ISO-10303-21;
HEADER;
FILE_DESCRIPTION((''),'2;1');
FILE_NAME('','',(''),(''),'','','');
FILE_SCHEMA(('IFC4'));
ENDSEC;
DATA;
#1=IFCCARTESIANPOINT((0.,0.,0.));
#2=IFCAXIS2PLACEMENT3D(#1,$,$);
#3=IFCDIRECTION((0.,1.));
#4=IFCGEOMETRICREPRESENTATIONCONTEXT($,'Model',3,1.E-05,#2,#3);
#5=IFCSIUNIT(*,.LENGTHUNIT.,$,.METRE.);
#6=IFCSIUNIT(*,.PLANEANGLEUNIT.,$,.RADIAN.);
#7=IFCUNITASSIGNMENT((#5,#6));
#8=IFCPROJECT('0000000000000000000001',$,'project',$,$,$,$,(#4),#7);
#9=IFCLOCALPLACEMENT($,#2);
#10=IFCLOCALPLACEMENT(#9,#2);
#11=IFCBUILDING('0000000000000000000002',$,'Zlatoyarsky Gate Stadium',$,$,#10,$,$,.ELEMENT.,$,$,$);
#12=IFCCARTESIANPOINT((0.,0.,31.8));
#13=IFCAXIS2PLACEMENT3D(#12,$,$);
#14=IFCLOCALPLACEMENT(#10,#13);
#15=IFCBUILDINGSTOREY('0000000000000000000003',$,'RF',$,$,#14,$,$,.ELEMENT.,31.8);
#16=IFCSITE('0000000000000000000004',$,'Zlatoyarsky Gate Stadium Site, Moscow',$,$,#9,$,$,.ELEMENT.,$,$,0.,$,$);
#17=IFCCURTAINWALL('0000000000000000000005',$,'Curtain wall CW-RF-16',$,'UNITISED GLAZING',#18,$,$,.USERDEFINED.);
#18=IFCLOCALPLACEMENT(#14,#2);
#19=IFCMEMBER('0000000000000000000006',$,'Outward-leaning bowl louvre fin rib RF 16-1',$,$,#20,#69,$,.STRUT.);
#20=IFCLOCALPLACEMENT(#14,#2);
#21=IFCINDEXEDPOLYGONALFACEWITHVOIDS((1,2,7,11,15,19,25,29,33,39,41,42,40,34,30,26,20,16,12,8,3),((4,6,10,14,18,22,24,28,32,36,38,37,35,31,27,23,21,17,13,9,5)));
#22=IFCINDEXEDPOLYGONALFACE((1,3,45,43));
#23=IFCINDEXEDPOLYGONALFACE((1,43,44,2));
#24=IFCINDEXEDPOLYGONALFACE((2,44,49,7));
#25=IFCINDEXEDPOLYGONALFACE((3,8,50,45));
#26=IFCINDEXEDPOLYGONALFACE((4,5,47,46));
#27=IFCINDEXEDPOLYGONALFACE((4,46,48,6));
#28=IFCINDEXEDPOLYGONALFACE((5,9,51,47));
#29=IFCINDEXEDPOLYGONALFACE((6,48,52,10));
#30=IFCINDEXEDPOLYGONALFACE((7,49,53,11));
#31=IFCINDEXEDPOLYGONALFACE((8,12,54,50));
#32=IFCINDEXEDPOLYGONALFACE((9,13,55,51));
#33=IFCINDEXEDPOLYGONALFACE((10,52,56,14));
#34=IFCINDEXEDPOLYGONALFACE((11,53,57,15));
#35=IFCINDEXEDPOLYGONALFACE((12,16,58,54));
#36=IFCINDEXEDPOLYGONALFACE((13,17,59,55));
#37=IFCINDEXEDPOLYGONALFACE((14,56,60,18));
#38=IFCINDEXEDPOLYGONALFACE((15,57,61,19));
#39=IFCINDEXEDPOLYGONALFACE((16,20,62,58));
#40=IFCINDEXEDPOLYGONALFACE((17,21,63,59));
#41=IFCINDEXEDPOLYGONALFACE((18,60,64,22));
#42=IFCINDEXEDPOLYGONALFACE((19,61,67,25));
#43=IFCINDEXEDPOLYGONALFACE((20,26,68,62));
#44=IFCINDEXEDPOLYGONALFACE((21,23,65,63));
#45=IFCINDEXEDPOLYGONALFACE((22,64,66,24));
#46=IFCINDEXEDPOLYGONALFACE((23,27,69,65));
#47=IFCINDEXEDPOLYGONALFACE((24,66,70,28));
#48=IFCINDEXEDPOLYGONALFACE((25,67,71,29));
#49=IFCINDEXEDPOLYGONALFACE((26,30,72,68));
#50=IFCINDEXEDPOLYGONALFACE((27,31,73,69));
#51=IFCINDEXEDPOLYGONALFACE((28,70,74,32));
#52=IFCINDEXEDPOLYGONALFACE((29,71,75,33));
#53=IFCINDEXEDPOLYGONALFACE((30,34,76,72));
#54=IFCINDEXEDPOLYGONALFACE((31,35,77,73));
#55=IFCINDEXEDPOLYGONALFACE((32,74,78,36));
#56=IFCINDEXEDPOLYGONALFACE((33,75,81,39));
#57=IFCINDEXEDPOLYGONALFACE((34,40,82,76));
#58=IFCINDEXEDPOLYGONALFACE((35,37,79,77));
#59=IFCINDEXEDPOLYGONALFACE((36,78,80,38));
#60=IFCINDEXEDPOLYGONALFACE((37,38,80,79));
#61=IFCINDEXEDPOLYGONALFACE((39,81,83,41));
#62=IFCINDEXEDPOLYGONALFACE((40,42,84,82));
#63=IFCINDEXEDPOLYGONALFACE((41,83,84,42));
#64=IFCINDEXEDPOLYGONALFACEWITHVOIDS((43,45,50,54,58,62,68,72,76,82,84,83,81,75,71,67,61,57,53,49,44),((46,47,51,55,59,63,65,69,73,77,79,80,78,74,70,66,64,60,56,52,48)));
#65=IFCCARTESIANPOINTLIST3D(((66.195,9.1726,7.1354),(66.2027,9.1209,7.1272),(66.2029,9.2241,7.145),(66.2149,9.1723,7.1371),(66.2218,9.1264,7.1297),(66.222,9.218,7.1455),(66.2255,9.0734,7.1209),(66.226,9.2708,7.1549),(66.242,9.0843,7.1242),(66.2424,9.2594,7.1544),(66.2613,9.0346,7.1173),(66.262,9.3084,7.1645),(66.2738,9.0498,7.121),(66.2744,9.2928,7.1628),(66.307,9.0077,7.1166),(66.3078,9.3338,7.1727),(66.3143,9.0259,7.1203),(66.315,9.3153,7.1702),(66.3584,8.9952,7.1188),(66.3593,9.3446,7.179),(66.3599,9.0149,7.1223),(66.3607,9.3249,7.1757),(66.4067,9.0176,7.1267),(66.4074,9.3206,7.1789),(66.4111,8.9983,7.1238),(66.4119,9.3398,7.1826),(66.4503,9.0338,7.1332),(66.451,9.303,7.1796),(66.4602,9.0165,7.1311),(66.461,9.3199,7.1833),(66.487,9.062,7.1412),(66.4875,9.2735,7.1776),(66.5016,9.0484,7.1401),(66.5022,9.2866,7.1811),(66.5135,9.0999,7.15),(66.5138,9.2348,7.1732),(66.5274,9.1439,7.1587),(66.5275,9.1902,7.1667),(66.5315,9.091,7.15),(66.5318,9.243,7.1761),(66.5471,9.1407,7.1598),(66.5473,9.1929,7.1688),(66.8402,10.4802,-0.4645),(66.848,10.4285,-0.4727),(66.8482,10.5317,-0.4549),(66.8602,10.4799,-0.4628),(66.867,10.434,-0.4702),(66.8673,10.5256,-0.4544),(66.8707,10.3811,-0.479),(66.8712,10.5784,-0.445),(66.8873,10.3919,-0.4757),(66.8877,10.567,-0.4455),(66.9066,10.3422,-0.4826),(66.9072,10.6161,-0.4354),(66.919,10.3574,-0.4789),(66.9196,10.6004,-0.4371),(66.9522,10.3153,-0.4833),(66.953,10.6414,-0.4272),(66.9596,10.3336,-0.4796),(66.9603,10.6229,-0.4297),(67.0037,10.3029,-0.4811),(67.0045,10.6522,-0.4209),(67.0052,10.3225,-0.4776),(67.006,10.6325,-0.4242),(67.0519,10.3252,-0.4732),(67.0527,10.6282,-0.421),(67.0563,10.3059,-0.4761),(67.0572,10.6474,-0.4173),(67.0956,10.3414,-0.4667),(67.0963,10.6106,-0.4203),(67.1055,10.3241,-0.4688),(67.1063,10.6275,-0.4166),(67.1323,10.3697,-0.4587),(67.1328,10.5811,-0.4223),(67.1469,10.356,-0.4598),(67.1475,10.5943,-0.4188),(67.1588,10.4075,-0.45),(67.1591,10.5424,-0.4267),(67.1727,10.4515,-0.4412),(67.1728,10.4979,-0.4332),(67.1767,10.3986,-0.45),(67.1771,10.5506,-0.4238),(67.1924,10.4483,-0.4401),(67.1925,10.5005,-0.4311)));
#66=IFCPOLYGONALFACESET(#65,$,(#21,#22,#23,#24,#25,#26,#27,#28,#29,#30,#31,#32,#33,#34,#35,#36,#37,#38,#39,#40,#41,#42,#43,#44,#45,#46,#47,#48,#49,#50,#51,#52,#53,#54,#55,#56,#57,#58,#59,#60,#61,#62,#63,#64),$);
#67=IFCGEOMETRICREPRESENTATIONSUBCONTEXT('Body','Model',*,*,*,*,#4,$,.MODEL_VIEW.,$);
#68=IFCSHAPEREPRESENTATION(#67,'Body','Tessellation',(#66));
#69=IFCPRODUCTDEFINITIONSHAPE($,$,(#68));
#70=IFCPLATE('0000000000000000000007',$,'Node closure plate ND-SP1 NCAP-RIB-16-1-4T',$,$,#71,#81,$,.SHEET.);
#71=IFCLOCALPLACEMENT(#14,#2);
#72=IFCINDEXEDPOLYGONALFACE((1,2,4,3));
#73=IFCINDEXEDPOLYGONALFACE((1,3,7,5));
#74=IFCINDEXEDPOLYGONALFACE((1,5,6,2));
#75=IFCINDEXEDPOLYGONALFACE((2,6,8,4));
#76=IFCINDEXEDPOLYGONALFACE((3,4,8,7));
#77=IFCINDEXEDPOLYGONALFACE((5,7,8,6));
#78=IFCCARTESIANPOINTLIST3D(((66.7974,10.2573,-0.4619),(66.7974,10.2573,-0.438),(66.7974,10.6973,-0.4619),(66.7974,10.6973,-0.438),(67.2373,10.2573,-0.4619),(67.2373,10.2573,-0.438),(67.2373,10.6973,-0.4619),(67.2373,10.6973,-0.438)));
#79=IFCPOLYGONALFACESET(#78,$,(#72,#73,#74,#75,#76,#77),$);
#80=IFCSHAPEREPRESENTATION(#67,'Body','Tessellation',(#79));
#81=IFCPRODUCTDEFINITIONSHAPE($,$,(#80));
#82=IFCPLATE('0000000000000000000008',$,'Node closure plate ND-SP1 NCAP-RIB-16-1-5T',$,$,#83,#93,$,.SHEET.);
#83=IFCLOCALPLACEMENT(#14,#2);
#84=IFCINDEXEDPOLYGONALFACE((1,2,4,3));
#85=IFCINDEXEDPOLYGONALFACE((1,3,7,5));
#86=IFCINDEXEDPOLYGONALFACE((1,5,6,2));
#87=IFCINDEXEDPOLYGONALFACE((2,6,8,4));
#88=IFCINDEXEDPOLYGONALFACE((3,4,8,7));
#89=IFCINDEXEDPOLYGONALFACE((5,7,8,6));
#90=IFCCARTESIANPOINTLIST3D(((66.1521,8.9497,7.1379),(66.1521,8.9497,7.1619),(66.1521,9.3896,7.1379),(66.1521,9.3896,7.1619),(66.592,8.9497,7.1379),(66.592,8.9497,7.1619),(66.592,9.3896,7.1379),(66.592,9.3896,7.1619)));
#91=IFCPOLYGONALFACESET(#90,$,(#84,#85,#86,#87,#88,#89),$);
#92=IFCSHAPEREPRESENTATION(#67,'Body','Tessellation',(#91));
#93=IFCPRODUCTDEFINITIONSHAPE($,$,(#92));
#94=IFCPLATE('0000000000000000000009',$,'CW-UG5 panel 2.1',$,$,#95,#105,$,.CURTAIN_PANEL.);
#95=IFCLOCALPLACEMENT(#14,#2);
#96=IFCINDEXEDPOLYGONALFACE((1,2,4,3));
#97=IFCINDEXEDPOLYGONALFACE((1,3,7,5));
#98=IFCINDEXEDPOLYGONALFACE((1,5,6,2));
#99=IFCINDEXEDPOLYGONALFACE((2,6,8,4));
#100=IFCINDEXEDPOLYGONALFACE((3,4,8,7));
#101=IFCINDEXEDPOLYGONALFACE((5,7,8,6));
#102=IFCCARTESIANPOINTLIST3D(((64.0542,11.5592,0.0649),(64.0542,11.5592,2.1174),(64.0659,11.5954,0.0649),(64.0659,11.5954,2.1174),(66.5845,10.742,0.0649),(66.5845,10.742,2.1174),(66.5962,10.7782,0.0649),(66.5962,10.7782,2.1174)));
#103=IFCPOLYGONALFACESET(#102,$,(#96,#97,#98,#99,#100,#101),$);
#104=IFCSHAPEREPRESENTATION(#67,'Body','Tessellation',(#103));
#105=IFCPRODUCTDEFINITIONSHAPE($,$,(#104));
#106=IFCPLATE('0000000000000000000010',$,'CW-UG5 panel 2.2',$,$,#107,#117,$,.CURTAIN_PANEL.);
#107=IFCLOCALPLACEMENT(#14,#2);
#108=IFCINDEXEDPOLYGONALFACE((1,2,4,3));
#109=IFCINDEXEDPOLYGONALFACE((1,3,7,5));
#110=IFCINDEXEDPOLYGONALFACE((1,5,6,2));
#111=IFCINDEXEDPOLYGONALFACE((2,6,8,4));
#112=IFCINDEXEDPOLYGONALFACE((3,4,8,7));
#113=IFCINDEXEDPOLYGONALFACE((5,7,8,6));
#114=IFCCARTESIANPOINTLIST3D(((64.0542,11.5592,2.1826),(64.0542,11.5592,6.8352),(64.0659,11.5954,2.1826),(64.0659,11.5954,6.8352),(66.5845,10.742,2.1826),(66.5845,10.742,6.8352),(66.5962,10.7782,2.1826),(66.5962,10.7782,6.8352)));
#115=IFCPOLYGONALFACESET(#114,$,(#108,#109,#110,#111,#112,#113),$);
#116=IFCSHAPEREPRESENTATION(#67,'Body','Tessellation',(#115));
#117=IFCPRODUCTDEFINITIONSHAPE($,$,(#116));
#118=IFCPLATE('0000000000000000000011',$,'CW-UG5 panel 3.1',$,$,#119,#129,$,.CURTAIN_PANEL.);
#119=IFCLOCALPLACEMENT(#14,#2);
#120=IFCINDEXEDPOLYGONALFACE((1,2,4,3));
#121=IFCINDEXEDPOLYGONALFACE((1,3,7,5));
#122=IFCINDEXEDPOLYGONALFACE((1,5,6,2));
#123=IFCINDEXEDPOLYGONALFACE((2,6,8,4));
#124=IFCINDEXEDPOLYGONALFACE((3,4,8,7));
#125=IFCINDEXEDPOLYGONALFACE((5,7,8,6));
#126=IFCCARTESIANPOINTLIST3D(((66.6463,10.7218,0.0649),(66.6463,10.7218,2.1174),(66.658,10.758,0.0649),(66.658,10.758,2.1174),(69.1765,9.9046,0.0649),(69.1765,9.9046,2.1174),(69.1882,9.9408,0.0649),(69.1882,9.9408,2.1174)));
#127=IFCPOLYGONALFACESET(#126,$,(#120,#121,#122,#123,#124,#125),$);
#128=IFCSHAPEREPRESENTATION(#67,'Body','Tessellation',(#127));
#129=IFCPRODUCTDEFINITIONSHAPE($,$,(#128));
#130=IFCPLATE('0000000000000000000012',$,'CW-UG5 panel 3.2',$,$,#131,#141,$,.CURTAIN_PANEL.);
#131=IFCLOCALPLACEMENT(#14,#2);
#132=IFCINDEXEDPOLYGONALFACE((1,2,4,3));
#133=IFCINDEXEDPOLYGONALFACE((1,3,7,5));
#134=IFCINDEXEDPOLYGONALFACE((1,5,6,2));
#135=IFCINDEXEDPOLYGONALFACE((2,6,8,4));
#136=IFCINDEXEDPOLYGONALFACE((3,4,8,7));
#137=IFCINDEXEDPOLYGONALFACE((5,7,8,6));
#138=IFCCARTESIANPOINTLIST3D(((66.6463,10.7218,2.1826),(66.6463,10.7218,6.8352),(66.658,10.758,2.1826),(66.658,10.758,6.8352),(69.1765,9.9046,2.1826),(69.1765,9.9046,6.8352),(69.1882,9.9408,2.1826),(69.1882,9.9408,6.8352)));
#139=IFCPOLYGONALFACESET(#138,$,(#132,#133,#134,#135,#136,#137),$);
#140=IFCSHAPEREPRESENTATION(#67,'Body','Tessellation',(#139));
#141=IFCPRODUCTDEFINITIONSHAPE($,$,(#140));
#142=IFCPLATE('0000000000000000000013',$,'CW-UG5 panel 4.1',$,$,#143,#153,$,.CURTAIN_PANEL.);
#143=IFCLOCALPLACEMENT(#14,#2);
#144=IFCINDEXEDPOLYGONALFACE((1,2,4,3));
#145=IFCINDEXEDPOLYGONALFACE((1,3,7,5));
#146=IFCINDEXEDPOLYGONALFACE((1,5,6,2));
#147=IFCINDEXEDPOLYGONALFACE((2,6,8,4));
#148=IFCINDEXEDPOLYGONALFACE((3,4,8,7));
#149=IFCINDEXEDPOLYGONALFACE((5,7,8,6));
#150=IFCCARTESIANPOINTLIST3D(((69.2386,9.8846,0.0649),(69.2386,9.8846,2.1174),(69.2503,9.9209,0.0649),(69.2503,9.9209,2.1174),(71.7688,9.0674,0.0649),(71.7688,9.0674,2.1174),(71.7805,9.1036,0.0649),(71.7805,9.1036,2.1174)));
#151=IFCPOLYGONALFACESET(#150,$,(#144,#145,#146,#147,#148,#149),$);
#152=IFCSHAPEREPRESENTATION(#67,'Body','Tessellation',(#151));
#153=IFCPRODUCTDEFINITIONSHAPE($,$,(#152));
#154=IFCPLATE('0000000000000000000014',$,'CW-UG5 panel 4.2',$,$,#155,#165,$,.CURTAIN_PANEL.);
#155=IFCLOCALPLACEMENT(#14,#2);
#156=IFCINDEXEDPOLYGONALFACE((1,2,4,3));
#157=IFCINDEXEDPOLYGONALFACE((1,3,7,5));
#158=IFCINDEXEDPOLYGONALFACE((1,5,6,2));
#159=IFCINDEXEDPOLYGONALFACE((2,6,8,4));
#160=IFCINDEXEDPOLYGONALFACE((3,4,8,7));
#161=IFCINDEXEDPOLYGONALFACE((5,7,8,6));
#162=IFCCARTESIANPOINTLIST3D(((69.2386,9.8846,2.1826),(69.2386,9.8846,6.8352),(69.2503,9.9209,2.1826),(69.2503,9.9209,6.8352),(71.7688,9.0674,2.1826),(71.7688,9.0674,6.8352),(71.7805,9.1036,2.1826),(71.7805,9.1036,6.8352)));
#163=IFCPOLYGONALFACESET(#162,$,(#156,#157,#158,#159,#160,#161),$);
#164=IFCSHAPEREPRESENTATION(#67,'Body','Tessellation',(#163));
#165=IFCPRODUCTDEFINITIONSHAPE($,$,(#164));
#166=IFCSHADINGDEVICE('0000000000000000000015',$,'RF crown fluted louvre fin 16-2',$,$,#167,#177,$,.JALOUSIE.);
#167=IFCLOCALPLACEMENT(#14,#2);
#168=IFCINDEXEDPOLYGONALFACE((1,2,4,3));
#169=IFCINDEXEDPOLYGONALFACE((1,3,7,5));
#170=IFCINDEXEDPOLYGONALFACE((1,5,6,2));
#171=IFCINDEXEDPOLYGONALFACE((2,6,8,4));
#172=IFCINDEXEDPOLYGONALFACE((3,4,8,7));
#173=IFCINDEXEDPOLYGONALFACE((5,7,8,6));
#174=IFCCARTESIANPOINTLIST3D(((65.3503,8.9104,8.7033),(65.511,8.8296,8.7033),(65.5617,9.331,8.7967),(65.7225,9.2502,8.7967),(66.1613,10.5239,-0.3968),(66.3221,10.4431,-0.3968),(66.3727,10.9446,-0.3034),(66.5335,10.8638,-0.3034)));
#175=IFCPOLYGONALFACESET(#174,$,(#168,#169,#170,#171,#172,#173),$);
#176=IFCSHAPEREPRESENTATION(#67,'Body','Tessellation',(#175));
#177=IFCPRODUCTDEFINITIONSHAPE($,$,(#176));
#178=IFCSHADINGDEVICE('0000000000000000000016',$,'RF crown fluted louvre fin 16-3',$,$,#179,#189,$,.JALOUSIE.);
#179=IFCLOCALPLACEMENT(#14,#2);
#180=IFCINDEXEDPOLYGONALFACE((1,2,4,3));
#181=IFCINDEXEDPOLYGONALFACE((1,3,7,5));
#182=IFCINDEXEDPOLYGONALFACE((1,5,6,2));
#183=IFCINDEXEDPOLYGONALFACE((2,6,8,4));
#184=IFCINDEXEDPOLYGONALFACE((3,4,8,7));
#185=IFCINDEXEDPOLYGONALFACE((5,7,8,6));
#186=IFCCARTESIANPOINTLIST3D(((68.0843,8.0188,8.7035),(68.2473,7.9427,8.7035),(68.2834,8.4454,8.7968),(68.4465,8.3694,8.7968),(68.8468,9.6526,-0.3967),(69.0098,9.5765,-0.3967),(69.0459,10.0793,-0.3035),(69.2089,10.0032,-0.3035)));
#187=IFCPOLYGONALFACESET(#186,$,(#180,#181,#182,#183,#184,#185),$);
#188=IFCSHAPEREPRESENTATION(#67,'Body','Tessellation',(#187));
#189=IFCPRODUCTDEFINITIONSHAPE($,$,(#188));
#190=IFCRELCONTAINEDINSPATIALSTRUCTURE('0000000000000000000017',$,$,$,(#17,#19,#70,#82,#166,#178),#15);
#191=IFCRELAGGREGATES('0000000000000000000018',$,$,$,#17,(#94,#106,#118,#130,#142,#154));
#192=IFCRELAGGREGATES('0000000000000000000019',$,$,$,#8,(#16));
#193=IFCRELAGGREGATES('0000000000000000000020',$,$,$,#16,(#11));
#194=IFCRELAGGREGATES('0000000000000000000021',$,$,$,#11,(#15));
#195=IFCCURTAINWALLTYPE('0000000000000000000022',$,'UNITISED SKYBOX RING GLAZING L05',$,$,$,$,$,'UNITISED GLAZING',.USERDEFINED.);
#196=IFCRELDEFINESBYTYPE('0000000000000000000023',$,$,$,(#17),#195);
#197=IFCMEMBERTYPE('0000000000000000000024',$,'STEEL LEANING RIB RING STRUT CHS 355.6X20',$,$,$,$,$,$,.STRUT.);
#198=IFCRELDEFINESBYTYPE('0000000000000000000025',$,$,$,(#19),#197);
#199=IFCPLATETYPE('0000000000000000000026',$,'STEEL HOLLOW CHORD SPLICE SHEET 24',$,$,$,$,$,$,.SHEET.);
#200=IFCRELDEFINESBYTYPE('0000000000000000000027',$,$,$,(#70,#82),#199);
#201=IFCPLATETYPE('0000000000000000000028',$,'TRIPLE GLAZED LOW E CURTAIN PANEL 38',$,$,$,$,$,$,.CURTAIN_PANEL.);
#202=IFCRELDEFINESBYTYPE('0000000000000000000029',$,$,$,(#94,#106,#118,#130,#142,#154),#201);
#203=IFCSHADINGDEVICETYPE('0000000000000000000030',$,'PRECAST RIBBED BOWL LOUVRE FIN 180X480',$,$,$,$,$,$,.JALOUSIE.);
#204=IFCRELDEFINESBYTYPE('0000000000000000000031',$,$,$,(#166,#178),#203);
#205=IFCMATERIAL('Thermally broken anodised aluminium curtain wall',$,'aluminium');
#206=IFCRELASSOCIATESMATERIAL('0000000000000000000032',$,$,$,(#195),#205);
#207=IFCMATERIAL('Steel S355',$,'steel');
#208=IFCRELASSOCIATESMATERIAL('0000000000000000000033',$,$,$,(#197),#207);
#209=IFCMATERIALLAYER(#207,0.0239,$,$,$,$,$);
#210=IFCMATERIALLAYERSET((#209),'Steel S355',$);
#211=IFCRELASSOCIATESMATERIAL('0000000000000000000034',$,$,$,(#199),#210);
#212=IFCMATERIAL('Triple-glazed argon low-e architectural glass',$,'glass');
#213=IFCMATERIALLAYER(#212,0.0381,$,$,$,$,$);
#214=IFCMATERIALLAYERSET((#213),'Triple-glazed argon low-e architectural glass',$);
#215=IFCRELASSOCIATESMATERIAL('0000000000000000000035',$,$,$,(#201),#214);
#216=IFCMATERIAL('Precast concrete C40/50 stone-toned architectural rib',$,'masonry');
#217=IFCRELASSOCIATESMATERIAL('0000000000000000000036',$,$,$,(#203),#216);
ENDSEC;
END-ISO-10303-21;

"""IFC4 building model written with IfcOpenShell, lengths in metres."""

from ifc_helpers import new_model, si_unit, direction, frame, origin, origin_2d, place, context, subcontext, project, spatial, rectangle, hollow_circle, extrude, material, layer, layer_set, material_profile, profile_set, type_object, element, aggregate, save


model = new_model("IFC4")

# Units and contexts
model_context = context("Model", 3, precision=1e-05, world=origin(), true_north=direction((0.0, 1.0)))
body_context = subcontext(model_context, "Body", "Model", "MODEL_VIEW")
ifc_project = project(units=[si_unit("LENGTHUNIT", "METRE"), si_unit("PLANEANGLEUNIT", "RADIAN")], contexts=[model_context])

# Site, building, storey
site_placement = place(None, origin())
site = spatial("IfcSite", under=ifc_project, at=site_placement, Name="Zlatoyarsky Gate Stadium Site, Moscow", CompositionType="ELEMENT", RefElevation=0.0)
building_placement = place(site_placement, origin())
building = spatial("IfcBuilding", under=site, at=building_placement, Name="Zlatoyarsky Gate Stadium", CompositionType="ELEMENT")
storey_placement = place(building_placement, frame((0.0, 0.0, 31.8)))
storey = spatial("IfcBuildingStorey", under=building, at=storey_placement, Name="RF", CompositionType="ELEMENT", Elevation=31.8)

# Curtain wall
ifc_material_1 = material(Name="Thermally broken anodised aluminium curtain wall", Category="aluminium")
curtain_wall_type = type_object("IfcCurtainWallType", Name="UNITISED SKYBOX RING GLAZING L05", ElementType="UNITISED GLAZING", PredefinedType="USERDEFINED", material=ifc_material_1)
curtain_wall_placement = place(storey_placement, origin())
curtain_wall = element("IfcCurtainWall", 1, at=curtain_wall_placement, inside=storey, type_object=curtain_wall_type, Name="Curtain wall CW-RF-16", ObjectType="UNITISED GLAZING", PredefinedType="USERDEFINED")

# Member
ifc_material_2 = material(Name="Steel S355", Category="steel")
ifc_material_profile_1 = material_profile(ifc_material_2, hollow_circle(Radius=0.1777, WallThickness=0.02, at=origin_2d()), Name="CHS 355.6X20")
ifc_profile_set_1 = profile_set([ifc_material_profile_1], Name="Steel S355")
member_type_1 = type_object("IfcMemberType", Name="STEEL LEANING RIB RING STRUT CHS 355.6X20", PredefinedType="STRUT", material=ifc_profile_set_1)
member_1_placement = place(storey_placement, frame((67.0173, 10.4773, -0.45), z_axis=(-0.083384, -0.168976, 0.982087), x_axis=(0.896759, -0.442519, 0.0)))
element("IfcMember", 2, at=member_1_placement, inside=storey, type_object=member_type_1, Name="Outward-leaning bowl louvre fin rib RF 16-1", PredefinedType="STRUT", context=body_context, shape_type="SweptSolid", body=[
    extrude(hollow_circle(Radius=0.1777, WallThickness=0.02, at=origin_2d()), origin(), (0.0, 0.0, 1.0), 7.7385),
])

# Plates
ifc_layer_1 = layer(ifc_material_2, 0.0239)
ifc_layer_set_1 = layer_set([ifc_layer_1], Name="Steel S355")
plate_type_1 = type_object("IfcPlateType", Name="STEEL HOLLOW CHORD SPLICE SHEET 24", PredefinedType="SHEET", material=ifc_layer_set_1)
for number, where, z_axis, x_axis, name in (
    (3, (67.0173, 10.4773, -0.4619), (0.0, 0.0, 1.0), (1.0, 0.0, 0.0), "Node closure plate ND-SP1 NCAP-RIB-16-1-4T"),
    (4, (66.3721, 9.1697, 7.1379), (0.0, 0.0, 1.0), (1.0, 0.0, 0.0), "Node closure plate ND-SP1 NCAP-RIB-16-1-5T"),
):
    element("IfcPlate", number, at=place(storey_placement, frame(where, z_axis=z_axis, x_axis=x_axis)), inside=storey, type_object=plate_type_1, Name=name, PredefinedType="SHEET", context=body_context, shape_type="SweptSolid", body=[
        extrude(rectangle(XDim=0.4399, YDim=0.4399, at=origin_2d()), origin(), (0.0, 0.0, 1.0), 0.0239),
    ])

# Plates
ifc_material_3 = material(Name="Triple-glazed argon low-e architectural glass", Category="glass")
ifc_layer_2 = layer(ifc_material_3, 0.0381)
ifc_layer_set_2 = layer_set([ifc_layer_2], Name="Triple-glazed argon low-e architectural glass")
plate_type_2 = type_object("IfcPlateType", Name="TRIPLE GLAZED LOW E CURTAIN PANEL 38", PredefinedType="CURTAIN_PANEL", material=ifc_layer_set_2)
plate_1_placement = place(storey_placement, frame((65.3252, 11.1687, 0.0649), z_axis=(0.0, 0.0, 1.0), x_axis=(0.951596, -0.307352, 0.0)))
plate_1 = element("IfcPlate", 5, at=plate_1_placement, type_object=plate_type_2, Name="CW-UG5 panel 2.1", PredefinedType="CURTAIN_PANEL", context=body_context, shape_type="SweptSolid", body=[
    extrude(rectangle(XDim=2.6589, YDim=0.0381, at=origin_2d()), origin(), (0.0, 0.0, 1.0), 2.0525),
])
plate_2_placement = place(storey_placement, frame((65.3252, 11.1687, 2.1826), z_axis=(0.0, 0.0, 1.0), x_axis=(0.951596, -0.307352, 0.0)))
plate_2 = element("IfcPlate", 6, at=plate_2_placement, type_object=plate_type_2, Name="CW-UG5 panel 2.2", PredefinedType="CURTAIN_PANEL", context=body_context, shape_type="SweptSolid", body=[
    extrude(rectangle(XDim=2.6589, YDim=0.0381, at=origin_2d()), origin(), (0.0, 0.0, 1.0), 4.6526),
])
plate_3_placement = place(storey_placement, frame((67.9172, 10.3313, 0.0649), z_axis=(0.0, 0.0, 1.0), x_axis=(0.951596, -0.307352, 0.0)))
plate_3 = element("IfcPlate", 7, at=plate_3_placement, type_object=plate_type_2, Name="CW-UG5 panel 3.1", PredefinedType="CURTAIN_PANEL", context=body_context, shape_type="SweptSolid", body=[
    extrude(rectangle(XDim=2.6589, YDim=0.0381, at=origin_2d()), origin(), (0.0, 0.0, 1.0), 2.0525),
])
plate_4_placement = place(storey_placement, frame((67.9172, 10.3313, 2.1826), z_axis=(0.0, 0.0, 1.0), x_axis=(0.951596, -0.307352, 0.0)))
plate_4 = element("IfcPlate", 8, at=plate_4_placement, type_object=plate_type_2, Name="CW-UG5 panel 3.2", PredefinedType="CURTAIN_PANEL", context=body_context, shape_type="SweptSolid", body=[
    extrude(rectangle(XDim=2.6589, YDim=0.0381, at=origin_2d()), origin(), (0.0, 0.0, 1.0), 4.6526),
])
plate_5_placement = place(storey_placement, frame((70.5095, 9.4941, 0.0649), z_axis=(0.0, 0.0, 1.0), x_axis=(0.951596, -0.307352, 0.0)))
plate_5 = element("IfcPlate", 9, at=plate_5_placement, type_object=plate_type_2, Name="CW-UG5 panel 4.1", PredefinedType="CURTAIN_PANEL", context=body_context, shape_type="SweptSolid", body=[
    extrude(rectangle(XDim=2.6589, YDim=0.0381, at=origin_2d()), origin(), (0.0, 0.0, 1.0), 2.0525),
])
plate_6_placement = place(storey_placement, frame((70.5095, 9.4941, 2.1826), z_axis=(0.0, 0.0, 1.0), x_axis=(0.951596, -0.307352, 0.0)))
plate_6 = element("IfcPlate", 10, at=plate_6_placement, type_object=plate_type_2, Name="CW-UG5 panel 4.2", PredefinedType="CURTAIN_PANEL", context=body_context, shape_type="SweptSolid", body=[
    extrude(rectangle(XDim=2.6589, YDim=0.0381, at=origin_2d()), origin(), (0.0, 0.0, 1.0), 4.6526),
])
aggregate(curtain_wall, [plate_1, plate_2, plate_3, plate_4, plate_5, plate_6])

# Shading devices
ifc_material_4 = material(Name="Precast concrete C40/50 stone-toned architectural rib", Category="masonry")
ifc_material_profile_2 = material_profile(ifc_material_4, rectangle(XDim=0.1799, YDim=0.48, at=origin_2d()), Name="RIB 180X480")
ifc_profile_set_2 = profile_set([ifc_material_profile_2], Name="Precast concrete C40/50 stone-toned architectural rib")
shading_device_type = type_object("IfcShadingDeviceType", Name="PRECAST RIBBED BOWL LOUVRE FIN 180X480", PredefinedType="JALOUSIE", material=ifc_profile_set_2)
shading_device_1_placement = place(storey_placement, frame((66.3474, 10.6938, -0.3501), z_axis=(-0.087419, -0.173917, 0.980872), x_axis=(0.893479, -0.449105, 0.0)))
element("IfcShadingDevice", 11, at=shading_device_1_placement, inside=storey, type_object=shading_device_type, Name="RF crown fluted louvre fin 16-2", PredefinedType="JALOUSIE", context=body_context, shape_type="SweptSolid", body=[
    extrude(rectangle(XDim=0.1799, YDim=0.48, at=origin_2d()), origin(), (0.0, 0.0, 1.0), 9.2776),
])
shading_device_2_placement = place(storey_placement, frame((69.0278, 9.8279, -0.3501), z_axis=(-0.082187, -0.176112, 0.980933), x_axis=(0.90618, -0.422893, 0.0)))
element("IfcShadingDevice", 12, at=shading_device_2_placement, inside=storey, type_object=shading_device_type, Name="RF crown fluted louvre fin 16-3", PredefinedType="JALOUSIE", context=body_context, shape_type="SweptSolid", body=[
    extrude(rectangle(XDim=0.1799, YDim=0.48, at=origin_2d()), origin(), (0.0, 0.0, 1.0), 9.2771),
])

save(model, "model.ifc")
